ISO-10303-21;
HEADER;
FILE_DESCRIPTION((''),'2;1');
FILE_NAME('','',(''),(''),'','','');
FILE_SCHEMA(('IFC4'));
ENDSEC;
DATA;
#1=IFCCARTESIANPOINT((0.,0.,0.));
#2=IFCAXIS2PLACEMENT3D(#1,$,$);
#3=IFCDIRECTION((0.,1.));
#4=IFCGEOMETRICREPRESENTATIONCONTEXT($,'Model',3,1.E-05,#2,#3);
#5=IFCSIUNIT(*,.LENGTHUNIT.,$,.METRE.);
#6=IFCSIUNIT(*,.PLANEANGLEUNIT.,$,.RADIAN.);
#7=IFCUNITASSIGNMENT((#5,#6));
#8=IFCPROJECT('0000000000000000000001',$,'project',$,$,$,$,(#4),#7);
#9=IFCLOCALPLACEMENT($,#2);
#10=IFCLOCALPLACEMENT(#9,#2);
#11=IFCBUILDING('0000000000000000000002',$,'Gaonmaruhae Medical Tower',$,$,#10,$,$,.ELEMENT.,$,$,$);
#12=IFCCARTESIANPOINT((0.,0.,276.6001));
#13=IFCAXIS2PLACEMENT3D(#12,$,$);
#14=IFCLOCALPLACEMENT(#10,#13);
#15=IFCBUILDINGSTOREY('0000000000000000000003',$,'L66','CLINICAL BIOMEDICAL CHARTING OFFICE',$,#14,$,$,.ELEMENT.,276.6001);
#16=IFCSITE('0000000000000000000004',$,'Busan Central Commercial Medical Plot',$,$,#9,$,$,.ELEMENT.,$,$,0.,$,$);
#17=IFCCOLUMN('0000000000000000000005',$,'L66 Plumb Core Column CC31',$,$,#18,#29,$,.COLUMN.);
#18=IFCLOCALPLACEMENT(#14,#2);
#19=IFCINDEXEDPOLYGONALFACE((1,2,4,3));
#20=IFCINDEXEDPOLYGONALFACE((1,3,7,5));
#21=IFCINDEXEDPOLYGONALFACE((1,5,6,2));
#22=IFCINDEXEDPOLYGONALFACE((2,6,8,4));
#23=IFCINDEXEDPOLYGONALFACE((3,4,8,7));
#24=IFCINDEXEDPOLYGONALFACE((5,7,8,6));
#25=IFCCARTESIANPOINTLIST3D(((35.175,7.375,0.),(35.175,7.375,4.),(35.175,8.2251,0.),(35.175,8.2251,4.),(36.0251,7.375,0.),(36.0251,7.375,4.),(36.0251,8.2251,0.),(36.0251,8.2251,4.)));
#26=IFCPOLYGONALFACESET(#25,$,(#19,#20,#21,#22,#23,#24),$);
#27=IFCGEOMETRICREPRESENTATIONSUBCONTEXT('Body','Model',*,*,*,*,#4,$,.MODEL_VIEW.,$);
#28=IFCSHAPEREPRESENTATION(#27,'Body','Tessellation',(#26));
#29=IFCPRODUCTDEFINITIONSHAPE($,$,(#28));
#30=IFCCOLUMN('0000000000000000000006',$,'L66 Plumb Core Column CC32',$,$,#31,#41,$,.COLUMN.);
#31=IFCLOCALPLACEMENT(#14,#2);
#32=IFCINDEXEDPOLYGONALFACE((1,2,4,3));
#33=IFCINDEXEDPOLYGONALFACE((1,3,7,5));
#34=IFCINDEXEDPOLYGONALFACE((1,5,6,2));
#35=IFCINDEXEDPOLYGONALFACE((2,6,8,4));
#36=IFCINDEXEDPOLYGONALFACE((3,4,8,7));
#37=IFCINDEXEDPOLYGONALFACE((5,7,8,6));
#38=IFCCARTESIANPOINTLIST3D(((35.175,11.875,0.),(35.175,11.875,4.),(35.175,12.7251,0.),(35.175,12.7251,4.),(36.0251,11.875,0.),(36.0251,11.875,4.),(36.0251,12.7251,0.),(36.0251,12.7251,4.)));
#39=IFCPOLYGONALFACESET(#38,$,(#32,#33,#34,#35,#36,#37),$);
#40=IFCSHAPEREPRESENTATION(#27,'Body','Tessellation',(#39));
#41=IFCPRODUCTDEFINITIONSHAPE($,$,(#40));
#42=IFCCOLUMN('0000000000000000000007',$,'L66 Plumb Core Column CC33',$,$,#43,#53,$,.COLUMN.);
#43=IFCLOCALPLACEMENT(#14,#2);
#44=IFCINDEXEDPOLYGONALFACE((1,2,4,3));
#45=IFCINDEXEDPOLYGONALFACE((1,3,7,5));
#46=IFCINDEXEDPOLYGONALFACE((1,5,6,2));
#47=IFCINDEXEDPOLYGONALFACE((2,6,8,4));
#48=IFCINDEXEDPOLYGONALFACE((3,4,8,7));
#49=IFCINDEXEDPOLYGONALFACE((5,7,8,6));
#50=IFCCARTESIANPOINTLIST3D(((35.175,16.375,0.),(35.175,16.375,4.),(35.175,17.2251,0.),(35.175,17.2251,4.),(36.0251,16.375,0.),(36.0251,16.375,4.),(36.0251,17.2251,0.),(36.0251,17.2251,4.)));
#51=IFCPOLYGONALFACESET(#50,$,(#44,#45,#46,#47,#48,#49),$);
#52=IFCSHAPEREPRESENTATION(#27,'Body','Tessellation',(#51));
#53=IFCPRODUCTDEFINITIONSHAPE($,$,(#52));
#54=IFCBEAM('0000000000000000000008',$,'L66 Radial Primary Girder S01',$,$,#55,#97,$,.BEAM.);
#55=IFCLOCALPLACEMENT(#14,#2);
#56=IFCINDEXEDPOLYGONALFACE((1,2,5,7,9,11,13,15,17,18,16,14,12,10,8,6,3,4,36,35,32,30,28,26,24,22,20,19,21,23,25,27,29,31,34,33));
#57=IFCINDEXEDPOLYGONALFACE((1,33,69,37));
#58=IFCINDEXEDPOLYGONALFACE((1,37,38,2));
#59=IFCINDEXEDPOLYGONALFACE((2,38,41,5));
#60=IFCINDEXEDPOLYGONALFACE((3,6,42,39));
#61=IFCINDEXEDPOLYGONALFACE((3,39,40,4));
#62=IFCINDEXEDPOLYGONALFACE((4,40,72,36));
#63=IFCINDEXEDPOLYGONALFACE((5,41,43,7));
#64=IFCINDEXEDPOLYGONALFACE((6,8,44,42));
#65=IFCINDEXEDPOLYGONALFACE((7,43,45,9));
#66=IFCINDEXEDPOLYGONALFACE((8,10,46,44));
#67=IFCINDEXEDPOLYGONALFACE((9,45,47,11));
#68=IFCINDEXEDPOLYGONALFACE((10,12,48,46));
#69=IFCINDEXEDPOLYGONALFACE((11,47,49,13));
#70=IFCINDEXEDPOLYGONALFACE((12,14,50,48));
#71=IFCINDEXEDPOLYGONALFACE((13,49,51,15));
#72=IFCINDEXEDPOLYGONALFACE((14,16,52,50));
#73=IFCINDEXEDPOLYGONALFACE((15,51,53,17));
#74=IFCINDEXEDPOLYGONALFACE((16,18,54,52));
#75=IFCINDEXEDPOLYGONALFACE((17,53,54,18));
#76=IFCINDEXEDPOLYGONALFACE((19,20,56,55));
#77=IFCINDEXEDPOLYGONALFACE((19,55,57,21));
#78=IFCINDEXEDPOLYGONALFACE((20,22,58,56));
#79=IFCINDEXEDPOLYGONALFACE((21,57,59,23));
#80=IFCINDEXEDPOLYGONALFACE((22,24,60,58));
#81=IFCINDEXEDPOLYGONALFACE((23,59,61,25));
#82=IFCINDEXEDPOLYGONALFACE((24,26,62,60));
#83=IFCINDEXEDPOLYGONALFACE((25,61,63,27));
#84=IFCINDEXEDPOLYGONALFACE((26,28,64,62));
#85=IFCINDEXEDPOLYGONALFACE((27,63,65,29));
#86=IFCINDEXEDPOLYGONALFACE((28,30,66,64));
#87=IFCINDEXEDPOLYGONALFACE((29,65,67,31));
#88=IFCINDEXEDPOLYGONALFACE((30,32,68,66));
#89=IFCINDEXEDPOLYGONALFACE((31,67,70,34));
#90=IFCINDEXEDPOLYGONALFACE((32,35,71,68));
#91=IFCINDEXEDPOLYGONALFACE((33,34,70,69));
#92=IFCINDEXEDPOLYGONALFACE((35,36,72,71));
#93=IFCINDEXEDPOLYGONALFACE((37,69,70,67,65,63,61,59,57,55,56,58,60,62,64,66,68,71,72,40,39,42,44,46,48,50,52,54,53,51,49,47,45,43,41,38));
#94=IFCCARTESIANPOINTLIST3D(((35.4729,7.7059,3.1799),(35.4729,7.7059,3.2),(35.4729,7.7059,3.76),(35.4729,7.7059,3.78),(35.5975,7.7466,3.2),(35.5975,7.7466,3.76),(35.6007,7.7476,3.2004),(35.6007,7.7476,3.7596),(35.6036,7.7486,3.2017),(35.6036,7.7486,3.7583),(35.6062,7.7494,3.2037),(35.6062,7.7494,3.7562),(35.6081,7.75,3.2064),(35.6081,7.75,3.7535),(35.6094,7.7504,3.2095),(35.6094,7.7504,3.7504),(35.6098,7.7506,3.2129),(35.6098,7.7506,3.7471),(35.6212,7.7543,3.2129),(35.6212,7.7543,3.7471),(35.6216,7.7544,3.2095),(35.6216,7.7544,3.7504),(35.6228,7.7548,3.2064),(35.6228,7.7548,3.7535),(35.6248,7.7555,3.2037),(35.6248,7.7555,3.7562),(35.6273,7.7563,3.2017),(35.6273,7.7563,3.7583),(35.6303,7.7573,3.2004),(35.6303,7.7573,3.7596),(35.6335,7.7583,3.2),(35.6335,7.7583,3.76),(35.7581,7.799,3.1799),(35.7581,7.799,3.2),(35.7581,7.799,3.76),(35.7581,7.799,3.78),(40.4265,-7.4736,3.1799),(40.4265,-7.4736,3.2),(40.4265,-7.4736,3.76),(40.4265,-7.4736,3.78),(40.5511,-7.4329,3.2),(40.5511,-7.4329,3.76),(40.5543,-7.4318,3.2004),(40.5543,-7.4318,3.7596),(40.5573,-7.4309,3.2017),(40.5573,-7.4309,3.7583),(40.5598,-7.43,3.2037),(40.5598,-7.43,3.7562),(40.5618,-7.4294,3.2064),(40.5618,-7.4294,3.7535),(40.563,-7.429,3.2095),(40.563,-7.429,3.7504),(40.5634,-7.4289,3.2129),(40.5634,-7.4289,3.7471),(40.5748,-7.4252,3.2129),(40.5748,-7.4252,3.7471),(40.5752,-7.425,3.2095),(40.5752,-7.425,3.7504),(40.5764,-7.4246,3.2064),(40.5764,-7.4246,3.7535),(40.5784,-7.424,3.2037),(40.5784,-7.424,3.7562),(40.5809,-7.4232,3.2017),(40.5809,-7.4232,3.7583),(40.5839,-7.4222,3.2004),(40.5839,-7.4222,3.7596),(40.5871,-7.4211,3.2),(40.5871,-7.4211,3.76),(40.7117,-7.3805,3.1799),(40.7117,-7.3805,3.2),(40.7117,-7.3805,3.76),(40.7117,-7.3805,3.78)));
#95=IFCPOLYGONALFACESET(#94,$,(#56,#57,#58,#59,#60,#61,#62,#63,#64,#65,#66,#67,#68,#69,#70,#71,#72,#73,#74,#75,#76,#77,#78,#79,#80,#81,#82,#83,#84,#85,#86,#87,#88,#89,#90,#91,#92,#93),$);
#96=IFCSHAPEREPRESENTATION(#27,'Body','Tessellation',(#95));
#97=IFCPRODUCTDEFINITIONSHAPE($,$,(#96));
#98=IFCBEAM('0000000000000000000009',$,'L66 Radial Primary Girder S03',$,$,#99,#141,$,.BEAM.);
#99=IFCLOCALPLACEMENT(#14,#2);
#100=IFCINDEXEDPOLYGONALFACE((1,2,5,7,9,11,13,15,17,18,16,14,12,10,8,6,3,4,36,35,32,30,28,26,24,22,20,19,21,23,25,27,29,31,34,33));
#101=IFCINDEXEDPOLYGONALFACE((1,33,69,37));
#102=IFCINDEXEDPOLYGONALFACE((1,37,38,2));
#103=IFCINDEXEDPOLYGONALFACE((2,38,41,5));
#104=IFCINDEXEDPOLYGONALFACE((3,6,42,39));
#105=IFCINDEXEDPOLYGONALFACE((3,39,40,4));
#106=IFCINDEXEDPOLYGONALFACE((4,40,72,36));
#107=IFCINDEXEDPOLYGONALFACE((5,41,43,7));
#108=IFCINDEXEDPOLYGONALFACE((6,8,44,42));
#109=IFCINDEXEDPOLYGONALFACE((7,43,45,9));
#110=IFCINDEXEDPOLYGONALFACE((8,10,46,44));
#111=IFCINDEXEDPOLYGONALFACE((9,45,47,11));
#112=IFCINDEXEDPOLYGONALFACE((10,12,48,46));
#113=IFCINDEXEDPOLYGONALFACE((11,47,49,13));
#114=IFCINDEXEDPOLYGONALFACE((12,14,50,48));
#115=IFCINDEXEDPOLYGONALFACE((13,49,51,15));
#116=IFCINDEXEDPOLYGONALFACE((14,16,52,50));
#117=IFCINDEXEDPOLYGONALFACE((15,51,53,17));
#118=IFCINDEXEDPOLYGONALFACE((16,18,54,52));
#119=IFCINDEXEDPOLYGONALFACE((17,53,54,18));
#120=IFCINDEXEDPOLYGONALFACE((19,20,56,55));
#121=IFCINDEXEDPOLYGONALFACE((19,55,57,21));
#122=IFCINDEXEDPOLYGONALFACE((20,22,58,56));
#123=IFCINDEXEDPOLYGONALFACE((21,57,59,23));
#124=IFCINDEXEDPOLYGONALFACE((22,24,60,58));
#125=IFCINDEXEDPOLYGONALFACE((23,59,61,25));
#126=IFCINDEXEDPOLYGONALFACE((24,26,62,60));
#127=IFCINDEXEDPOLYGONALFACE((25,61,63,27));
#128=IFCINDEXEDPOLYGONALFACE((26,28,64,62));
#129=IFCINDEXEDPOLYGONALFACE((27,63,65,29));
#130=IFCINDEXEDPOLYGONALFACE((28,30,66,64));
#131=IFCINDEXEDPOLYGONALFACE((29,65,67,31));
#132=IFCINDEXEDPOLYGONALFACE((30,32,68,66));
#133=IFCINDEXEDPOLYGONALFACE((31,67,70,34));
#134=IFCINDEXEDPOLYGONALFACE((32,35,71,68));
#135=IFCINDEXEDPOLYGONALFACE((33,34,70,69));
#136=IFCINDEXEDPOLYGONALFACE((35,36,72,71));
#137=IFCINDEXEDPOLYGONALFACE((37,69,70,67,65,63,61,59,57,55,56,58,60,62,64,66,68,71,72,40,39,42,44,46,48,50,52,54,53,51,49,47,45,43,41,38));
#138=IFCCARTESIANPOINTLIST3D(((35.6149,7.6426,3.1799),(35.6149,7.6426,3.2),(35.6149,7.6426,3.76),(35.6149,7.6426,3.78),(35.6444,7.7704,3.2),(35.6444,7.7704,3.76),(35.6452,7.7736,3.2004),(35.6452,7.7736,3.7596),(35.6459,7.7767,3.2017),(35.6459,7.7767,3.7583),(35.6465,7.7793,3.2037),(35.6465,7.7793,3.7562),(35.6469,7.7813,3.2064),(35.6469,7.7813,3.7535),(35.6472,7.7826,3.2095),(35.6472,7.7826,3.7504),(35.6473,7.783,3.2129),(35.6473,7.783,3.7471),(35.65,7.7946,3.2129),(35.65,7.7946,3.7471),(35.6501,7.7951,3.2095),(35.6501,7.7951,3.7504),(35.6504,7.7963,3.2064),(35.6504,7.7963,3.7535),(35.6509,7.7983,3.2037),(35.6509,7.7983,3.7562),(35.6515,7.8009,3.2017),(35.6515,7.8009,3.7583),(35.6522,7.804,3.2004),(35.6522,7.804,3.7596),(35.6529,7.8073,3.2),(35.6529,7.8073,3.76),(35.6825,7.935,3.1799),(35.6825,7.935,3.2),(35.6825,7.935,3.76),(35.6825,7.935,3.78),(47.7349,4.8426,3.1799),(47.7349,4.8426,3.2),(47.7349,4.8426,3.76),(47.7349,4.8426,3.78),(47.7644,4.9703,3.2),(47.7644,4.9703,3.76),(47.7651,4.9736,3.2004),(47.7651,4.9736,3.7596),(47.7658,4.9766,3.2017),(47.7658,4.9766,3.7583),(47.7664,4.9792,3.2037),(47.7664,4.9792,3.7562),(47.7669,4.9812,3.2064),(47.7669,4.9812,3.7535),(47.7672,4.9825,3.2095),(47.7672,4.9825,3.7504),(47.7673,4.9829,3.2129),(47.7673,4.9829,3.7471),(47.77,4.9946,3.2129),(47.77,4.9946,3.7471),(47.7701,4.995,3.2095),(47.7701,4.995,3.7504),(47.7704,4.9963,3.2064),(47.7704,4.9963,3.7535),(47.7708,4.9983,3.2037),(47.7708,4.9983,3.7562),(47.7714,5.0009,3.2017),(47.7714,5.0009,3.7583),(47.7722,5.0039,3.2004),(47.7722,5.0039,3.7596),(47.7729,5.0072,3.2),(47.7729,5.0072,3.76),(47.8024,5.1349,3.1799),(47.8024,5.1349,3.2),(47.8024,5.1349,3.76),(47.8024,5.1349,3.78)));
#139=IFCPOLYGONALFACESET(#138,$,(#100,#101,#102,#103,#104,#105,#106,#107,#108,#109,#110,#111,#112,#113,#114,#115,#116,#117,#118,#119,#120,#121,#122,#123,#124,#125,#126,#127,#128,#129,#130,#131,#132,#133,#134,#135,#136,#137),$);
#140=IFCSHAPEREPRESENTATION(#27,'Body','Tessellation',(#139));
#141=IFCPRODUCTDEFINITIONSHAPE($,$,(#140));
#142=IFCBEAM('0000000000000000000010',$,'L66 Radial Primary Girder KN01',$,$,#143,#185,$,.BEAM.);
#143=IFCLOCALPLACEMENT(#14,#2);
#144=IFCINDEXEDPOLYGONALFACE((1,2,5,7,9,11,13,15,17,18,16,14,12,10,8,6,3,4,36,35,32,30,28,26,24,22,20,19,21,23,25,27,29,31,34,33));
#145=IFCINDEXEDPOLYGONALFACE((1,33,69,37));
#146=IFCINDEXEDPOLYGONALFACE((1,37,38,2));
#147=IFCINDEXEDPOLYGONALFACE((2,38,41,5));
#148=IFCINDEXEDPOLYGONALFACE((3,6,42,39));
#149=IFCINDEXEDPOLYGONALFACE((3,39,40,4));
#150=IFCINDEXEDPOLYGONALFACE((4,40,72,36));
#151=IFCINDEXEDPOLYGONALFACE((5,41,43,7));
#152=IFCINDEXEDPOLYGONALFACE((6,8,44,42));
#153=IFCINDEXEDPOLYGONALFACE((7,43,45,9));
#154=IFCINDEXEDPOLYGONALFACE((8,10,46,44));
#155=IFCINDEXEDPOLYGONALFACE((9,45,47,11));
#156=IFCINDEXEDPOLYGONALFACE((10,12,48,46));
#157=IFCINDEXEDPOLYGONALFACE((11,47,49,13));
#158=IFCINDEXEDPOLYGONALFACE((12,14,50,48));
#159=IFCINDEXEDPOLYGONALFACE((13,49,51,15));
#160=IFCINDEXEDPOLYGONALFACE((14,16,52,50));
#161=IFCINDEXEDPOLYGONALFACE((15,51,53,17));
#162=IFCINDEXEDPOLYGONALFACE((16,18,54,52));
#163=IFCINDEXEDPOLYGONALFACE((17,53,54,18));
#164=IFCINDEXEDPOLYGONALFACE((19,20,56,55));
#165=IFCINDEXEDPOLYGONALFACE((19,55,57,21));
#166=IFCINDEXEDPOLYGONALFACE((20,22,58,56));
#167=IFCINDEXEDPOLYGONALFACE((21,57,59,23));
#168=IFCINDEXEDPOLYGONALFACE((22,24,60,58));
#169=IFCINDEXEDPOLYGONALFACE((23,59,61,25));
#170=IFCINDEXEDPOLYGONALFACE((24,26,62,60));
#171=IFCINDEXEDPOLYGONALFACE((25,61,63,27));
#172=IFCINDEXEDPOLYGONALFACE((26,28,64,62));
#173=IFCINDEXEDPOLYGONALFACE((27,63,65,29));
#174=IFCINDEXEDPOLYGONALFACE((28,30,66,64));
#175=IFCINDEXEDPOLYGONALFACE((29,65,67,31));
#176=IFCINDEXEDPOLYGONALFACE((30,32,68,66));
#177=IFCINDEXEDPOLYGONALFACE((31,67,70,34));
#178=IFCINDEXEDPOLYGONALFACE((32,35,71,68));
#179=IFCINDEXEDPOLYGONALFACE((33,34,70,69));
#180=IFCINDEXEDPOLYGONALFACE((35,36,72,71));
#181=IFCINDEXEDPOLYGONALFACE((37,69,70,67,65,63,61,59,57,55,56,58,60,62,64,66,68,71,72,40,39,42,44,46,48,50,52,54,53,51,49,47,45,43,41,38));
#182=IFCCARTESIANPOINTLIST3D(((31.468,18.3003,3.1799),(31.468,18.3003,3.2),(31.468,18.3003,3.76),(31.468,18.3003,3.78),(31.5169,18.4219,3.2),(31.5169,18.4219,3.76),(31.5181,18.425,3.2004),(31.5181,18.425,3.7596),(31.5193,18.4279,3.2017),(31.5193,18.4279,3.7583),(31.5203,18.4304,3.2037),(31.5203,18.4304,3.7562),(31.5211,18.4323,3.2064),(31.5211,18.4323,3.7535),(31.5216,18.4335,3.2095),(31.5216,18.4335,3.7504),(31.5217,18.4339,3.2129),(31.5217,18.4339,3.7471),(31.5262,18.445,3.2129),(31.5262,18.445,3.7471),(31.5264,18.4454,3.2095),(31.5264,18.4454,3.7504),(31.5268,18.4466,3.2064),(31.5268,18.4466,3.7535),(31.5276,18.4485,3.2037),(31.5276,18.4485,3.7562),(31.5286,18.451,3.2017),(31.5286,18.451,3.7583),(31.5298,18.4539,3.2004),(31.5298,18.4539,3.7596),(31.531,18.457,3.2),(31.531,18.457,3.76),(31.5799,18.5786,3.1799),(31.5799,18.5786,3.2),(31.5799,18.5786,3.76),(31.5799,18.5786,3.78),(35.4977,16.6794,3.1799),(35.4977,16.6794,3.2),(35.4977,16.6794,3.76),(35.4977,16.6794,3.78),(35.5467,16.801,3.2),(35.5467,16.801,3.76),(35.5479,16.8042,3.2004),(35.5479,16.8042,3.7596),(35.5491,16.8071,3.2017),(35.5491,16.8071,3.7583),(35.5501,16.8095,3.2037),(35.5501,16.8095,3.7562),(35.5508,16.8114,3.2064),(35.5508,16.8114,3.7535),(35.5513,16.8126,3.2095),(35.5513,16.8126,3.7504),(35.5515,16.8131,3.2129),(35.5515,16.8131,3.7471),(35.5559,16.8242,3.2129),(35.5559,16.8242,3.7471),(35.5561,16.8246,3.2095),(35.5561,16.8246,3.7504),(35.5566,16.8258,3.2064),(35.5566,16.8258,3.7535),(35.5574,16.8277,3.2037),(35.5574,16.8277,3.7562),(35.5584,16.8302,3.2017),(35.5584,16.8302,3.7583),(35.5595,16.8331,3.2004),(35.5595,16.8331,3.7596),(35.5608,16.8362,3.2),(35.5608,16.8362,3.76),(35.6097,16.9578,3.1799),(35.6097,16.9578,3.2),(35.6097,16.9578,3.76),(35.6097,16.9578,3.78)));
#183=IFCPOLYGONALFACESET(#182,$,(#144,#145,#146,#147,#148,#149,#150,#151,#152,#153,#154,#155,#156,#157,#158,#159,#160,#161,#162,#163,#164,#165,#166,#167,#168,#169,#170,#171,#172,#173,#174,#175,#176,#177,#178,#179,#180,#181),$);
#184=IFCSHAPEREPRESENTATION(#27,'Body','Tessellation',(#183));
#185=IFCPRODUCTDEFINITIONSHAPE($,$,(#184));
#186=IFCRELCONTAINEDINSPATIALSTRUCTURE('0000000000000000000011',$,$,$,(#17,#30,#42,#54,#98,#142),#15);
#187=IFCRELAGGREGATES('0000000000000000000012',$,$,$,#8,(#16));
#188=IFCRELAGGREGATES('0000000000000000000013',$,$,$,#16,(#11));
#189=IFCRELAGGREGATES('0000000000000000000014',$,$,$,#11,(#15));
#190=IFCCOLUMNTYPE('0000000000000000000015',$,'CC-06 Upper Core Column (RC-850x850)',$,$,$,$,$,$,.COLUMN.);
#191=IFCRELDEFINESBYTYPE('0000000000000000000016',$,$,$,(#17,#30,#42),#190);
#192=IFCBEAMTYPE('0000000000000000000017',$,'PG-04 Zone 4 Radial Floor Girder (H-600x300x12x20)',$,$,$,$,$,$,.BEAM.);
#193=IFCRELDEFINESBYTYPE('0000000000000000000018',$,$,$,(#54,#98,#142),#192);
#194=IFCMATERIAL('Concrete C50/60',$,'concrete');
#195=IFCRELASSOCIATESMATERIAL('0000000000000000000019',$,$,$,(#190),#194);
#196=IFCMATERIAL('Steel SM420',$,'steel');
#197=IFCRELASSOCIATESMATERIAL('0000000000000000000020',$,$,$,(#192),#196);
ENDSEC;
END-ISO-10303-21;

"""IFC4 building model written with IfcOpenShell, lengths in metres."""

from ifc_helpers import new_model, si_unit, direction, frame, origin, origin_2d, place, context, subcontext, project, spatial, rectangle, i_section, extrude, material, material_profile, profile_set, type_object, element, save


model = new_model("IFC4")

# Units and contexts
model_context = context("Model", 3, precision=1e-05, world=origin(), true_north=direction((0.0, 1.0)))
body_context = subcontext(model_context, "Body", "Model", "MODEL_VIEW")
ifc_project = project(units=[si_unit("LENGTHUNIT", "METRE"), si_unit("PLANEANGLEUNIT", "RADIAN")], contexts=[model_context])

# Site, building, storey
site_placement = place(None, origin())
site = spatial("IfcSite", under=ifc_project, at=site_placement, Name="Busan Central Commercial Medical Plot", CompositionType="ELEMENT", RefElevation=0.0)
building_placement = place(site_placement, origin())
building = spatial("IfcBuilding", under=site, at=building_placement, Name="Gaonmaruhae Medical Tower", CompositionType="ELEMENT")
storey_placement = place(building_placement, frame((0.0, 0.0, 276.6001)))
storey = spatial("IfcBuildingStorey", under=building, at=storey_placement, Name="L66", Description="CLINICAL BIOMEDICAL CHARTING OFFICE", CompositionType="ELEMENT", Elevation=276.6001)

# Columns
ifc_material_1 = material(Name="Concrete C50/60", Category="concrete")
ifc_material_profile_1 = material_profile(ifc_material_1, rectangle(XDim=0.8501, YDim=0.8501, at=origin_2d()), Name="RC-850x850")
ifc_profile_set_1 = profile_set([ifc_material_profile_1], Name="Concrete C50/60")
column_type = type_object("IfcColumnType", Name="CC-06 Upper Core Column (RC-850x850)", PredefinedType="COLUMN", material=ifc_profile_set_1)
for number, where, z_axis, x_axis, name in (
    (1, (35.6001, 7.8, 0.0), (0.0, 0.0, 1.0), (1.0, 0.0, 0.0), "L66 Plumb Core Column CC31"),
    (2, (35.6001, 12.3, 0.0), (0.0, 0.0, 1.0), (1.0, 0.0, 0.0), "L66 Plumb Core Column CC32"),
    (3, (35.6001, 16.8, 0.0), (0.0, 0.0, 1.0), (1.0, 0.0, 0.0), "L66 Plumb Core Column CC33"),
):
    element("IfcColumn", number, at=place(storey_placement, frame(where, z_axis=z_axis, x_axis=x_axis)), inside=storey, type_object=column_type, Name=name, PredefinedType="COLUMN", context=body_context, shape_type="SweptSolid", body=[
        extrude(rectangle(XDim=0.8501, YDim=0.8501, at=origin_2d()), origin(), (0.0, 0.0, 1.0), 4.0),
    ])

# Beams
ifc_material_2 = material(Name="Steel SM420", Category="steel")
ifc_material_profile_2 = material_profile(ifc_material_2, i_section(OverallWidth=0.3, OverallDepth=0.6001, WebThickness=0.012, FlangeThickness=0.02, FilletRadius=0.0129, at=origin_2d()), Name="H-600x300x12x20")
ifc_profile_set_2 = profile_set([ifc_material_profile_2], Name="Steel SM420")
beam_type = type_object("IfcBeamType", Name="PG-04 Zone 4 Radial Floor Girder (H-600x300x12x20)", PredefinedType="BEAM", material=ifc_profile_set_2)
beam_1_placement = place(storey_placement, frame((35.6155, 7.7524, 3.48), z_axis=(0.310235, -0.95066, 0.0), x_axis=(0.95066, 0.310235, 0.0)))
element("IfcBeam", 4, at=beam_1_placement, inside=storey, type_object=beam_type, Name="L66 Radial Primary Girder S01", PredefinedType="BEAM", context=body_context, shape_type="SweptSolid", body=[
    extrude(i_section(OverallWidth=0.3, OverallDepth=0.6001, WebThickness=0.012, FlangeThickness=0.02, FilletRadius=0.0129, at=origin_2d()), origin(), (0.0, 0.0, 1.0), 15.9673),
])
beam_2_placement = place(storey_placement, frame((35.6487, 7.7888, 3.48), z_axis=(0.974336, -0.2251, 0.0), x_axis=(0.2251, 0.974336, 0.0)))
element("IfcBeam", 5, at=beam_2_placement, inside=storey, type_object=beam_type, Name="L66 Radial Primary Girder S03", PredefinedType="BEAM", context=body_context, shape_type="SweptSolid", body=[
    extrude(i_section(OverallWidth=0.3, OverallDepth=0.6001, WebThickness=0.012, FlangeThickness=0.02, FilletRadius=0.0129, at=origin_2d()), origin(), (0.0, 0.0, 1.0), 12.4392),
])
beam_3_placement = place(storey_placement, frame((35.5537, 16.8186, 3.48), z_axis=(-0.927766, 0.373163, 0.0), x_axis=(-0.373163, -0.927766, 0.0)))
element("IfcBeam", 6, at=beam_3_placement, inside=storey, type_object=beam_type, Name="L66 Radial Primary Girder KN01", PredefinedType="BEAM", context=body_context, shape_type="SweptSolid", body=[
    extrude(i_section(OverallWidth=0.3, OverallDepth=0.6001, WebThickness=0.012, FlangeThickness=0.02, FilletRadius=0.0129, at=origin_2d()), origin(), (0.0, 0.0, 1.0), 4.3435),
])

save(model, "model.ifc")
